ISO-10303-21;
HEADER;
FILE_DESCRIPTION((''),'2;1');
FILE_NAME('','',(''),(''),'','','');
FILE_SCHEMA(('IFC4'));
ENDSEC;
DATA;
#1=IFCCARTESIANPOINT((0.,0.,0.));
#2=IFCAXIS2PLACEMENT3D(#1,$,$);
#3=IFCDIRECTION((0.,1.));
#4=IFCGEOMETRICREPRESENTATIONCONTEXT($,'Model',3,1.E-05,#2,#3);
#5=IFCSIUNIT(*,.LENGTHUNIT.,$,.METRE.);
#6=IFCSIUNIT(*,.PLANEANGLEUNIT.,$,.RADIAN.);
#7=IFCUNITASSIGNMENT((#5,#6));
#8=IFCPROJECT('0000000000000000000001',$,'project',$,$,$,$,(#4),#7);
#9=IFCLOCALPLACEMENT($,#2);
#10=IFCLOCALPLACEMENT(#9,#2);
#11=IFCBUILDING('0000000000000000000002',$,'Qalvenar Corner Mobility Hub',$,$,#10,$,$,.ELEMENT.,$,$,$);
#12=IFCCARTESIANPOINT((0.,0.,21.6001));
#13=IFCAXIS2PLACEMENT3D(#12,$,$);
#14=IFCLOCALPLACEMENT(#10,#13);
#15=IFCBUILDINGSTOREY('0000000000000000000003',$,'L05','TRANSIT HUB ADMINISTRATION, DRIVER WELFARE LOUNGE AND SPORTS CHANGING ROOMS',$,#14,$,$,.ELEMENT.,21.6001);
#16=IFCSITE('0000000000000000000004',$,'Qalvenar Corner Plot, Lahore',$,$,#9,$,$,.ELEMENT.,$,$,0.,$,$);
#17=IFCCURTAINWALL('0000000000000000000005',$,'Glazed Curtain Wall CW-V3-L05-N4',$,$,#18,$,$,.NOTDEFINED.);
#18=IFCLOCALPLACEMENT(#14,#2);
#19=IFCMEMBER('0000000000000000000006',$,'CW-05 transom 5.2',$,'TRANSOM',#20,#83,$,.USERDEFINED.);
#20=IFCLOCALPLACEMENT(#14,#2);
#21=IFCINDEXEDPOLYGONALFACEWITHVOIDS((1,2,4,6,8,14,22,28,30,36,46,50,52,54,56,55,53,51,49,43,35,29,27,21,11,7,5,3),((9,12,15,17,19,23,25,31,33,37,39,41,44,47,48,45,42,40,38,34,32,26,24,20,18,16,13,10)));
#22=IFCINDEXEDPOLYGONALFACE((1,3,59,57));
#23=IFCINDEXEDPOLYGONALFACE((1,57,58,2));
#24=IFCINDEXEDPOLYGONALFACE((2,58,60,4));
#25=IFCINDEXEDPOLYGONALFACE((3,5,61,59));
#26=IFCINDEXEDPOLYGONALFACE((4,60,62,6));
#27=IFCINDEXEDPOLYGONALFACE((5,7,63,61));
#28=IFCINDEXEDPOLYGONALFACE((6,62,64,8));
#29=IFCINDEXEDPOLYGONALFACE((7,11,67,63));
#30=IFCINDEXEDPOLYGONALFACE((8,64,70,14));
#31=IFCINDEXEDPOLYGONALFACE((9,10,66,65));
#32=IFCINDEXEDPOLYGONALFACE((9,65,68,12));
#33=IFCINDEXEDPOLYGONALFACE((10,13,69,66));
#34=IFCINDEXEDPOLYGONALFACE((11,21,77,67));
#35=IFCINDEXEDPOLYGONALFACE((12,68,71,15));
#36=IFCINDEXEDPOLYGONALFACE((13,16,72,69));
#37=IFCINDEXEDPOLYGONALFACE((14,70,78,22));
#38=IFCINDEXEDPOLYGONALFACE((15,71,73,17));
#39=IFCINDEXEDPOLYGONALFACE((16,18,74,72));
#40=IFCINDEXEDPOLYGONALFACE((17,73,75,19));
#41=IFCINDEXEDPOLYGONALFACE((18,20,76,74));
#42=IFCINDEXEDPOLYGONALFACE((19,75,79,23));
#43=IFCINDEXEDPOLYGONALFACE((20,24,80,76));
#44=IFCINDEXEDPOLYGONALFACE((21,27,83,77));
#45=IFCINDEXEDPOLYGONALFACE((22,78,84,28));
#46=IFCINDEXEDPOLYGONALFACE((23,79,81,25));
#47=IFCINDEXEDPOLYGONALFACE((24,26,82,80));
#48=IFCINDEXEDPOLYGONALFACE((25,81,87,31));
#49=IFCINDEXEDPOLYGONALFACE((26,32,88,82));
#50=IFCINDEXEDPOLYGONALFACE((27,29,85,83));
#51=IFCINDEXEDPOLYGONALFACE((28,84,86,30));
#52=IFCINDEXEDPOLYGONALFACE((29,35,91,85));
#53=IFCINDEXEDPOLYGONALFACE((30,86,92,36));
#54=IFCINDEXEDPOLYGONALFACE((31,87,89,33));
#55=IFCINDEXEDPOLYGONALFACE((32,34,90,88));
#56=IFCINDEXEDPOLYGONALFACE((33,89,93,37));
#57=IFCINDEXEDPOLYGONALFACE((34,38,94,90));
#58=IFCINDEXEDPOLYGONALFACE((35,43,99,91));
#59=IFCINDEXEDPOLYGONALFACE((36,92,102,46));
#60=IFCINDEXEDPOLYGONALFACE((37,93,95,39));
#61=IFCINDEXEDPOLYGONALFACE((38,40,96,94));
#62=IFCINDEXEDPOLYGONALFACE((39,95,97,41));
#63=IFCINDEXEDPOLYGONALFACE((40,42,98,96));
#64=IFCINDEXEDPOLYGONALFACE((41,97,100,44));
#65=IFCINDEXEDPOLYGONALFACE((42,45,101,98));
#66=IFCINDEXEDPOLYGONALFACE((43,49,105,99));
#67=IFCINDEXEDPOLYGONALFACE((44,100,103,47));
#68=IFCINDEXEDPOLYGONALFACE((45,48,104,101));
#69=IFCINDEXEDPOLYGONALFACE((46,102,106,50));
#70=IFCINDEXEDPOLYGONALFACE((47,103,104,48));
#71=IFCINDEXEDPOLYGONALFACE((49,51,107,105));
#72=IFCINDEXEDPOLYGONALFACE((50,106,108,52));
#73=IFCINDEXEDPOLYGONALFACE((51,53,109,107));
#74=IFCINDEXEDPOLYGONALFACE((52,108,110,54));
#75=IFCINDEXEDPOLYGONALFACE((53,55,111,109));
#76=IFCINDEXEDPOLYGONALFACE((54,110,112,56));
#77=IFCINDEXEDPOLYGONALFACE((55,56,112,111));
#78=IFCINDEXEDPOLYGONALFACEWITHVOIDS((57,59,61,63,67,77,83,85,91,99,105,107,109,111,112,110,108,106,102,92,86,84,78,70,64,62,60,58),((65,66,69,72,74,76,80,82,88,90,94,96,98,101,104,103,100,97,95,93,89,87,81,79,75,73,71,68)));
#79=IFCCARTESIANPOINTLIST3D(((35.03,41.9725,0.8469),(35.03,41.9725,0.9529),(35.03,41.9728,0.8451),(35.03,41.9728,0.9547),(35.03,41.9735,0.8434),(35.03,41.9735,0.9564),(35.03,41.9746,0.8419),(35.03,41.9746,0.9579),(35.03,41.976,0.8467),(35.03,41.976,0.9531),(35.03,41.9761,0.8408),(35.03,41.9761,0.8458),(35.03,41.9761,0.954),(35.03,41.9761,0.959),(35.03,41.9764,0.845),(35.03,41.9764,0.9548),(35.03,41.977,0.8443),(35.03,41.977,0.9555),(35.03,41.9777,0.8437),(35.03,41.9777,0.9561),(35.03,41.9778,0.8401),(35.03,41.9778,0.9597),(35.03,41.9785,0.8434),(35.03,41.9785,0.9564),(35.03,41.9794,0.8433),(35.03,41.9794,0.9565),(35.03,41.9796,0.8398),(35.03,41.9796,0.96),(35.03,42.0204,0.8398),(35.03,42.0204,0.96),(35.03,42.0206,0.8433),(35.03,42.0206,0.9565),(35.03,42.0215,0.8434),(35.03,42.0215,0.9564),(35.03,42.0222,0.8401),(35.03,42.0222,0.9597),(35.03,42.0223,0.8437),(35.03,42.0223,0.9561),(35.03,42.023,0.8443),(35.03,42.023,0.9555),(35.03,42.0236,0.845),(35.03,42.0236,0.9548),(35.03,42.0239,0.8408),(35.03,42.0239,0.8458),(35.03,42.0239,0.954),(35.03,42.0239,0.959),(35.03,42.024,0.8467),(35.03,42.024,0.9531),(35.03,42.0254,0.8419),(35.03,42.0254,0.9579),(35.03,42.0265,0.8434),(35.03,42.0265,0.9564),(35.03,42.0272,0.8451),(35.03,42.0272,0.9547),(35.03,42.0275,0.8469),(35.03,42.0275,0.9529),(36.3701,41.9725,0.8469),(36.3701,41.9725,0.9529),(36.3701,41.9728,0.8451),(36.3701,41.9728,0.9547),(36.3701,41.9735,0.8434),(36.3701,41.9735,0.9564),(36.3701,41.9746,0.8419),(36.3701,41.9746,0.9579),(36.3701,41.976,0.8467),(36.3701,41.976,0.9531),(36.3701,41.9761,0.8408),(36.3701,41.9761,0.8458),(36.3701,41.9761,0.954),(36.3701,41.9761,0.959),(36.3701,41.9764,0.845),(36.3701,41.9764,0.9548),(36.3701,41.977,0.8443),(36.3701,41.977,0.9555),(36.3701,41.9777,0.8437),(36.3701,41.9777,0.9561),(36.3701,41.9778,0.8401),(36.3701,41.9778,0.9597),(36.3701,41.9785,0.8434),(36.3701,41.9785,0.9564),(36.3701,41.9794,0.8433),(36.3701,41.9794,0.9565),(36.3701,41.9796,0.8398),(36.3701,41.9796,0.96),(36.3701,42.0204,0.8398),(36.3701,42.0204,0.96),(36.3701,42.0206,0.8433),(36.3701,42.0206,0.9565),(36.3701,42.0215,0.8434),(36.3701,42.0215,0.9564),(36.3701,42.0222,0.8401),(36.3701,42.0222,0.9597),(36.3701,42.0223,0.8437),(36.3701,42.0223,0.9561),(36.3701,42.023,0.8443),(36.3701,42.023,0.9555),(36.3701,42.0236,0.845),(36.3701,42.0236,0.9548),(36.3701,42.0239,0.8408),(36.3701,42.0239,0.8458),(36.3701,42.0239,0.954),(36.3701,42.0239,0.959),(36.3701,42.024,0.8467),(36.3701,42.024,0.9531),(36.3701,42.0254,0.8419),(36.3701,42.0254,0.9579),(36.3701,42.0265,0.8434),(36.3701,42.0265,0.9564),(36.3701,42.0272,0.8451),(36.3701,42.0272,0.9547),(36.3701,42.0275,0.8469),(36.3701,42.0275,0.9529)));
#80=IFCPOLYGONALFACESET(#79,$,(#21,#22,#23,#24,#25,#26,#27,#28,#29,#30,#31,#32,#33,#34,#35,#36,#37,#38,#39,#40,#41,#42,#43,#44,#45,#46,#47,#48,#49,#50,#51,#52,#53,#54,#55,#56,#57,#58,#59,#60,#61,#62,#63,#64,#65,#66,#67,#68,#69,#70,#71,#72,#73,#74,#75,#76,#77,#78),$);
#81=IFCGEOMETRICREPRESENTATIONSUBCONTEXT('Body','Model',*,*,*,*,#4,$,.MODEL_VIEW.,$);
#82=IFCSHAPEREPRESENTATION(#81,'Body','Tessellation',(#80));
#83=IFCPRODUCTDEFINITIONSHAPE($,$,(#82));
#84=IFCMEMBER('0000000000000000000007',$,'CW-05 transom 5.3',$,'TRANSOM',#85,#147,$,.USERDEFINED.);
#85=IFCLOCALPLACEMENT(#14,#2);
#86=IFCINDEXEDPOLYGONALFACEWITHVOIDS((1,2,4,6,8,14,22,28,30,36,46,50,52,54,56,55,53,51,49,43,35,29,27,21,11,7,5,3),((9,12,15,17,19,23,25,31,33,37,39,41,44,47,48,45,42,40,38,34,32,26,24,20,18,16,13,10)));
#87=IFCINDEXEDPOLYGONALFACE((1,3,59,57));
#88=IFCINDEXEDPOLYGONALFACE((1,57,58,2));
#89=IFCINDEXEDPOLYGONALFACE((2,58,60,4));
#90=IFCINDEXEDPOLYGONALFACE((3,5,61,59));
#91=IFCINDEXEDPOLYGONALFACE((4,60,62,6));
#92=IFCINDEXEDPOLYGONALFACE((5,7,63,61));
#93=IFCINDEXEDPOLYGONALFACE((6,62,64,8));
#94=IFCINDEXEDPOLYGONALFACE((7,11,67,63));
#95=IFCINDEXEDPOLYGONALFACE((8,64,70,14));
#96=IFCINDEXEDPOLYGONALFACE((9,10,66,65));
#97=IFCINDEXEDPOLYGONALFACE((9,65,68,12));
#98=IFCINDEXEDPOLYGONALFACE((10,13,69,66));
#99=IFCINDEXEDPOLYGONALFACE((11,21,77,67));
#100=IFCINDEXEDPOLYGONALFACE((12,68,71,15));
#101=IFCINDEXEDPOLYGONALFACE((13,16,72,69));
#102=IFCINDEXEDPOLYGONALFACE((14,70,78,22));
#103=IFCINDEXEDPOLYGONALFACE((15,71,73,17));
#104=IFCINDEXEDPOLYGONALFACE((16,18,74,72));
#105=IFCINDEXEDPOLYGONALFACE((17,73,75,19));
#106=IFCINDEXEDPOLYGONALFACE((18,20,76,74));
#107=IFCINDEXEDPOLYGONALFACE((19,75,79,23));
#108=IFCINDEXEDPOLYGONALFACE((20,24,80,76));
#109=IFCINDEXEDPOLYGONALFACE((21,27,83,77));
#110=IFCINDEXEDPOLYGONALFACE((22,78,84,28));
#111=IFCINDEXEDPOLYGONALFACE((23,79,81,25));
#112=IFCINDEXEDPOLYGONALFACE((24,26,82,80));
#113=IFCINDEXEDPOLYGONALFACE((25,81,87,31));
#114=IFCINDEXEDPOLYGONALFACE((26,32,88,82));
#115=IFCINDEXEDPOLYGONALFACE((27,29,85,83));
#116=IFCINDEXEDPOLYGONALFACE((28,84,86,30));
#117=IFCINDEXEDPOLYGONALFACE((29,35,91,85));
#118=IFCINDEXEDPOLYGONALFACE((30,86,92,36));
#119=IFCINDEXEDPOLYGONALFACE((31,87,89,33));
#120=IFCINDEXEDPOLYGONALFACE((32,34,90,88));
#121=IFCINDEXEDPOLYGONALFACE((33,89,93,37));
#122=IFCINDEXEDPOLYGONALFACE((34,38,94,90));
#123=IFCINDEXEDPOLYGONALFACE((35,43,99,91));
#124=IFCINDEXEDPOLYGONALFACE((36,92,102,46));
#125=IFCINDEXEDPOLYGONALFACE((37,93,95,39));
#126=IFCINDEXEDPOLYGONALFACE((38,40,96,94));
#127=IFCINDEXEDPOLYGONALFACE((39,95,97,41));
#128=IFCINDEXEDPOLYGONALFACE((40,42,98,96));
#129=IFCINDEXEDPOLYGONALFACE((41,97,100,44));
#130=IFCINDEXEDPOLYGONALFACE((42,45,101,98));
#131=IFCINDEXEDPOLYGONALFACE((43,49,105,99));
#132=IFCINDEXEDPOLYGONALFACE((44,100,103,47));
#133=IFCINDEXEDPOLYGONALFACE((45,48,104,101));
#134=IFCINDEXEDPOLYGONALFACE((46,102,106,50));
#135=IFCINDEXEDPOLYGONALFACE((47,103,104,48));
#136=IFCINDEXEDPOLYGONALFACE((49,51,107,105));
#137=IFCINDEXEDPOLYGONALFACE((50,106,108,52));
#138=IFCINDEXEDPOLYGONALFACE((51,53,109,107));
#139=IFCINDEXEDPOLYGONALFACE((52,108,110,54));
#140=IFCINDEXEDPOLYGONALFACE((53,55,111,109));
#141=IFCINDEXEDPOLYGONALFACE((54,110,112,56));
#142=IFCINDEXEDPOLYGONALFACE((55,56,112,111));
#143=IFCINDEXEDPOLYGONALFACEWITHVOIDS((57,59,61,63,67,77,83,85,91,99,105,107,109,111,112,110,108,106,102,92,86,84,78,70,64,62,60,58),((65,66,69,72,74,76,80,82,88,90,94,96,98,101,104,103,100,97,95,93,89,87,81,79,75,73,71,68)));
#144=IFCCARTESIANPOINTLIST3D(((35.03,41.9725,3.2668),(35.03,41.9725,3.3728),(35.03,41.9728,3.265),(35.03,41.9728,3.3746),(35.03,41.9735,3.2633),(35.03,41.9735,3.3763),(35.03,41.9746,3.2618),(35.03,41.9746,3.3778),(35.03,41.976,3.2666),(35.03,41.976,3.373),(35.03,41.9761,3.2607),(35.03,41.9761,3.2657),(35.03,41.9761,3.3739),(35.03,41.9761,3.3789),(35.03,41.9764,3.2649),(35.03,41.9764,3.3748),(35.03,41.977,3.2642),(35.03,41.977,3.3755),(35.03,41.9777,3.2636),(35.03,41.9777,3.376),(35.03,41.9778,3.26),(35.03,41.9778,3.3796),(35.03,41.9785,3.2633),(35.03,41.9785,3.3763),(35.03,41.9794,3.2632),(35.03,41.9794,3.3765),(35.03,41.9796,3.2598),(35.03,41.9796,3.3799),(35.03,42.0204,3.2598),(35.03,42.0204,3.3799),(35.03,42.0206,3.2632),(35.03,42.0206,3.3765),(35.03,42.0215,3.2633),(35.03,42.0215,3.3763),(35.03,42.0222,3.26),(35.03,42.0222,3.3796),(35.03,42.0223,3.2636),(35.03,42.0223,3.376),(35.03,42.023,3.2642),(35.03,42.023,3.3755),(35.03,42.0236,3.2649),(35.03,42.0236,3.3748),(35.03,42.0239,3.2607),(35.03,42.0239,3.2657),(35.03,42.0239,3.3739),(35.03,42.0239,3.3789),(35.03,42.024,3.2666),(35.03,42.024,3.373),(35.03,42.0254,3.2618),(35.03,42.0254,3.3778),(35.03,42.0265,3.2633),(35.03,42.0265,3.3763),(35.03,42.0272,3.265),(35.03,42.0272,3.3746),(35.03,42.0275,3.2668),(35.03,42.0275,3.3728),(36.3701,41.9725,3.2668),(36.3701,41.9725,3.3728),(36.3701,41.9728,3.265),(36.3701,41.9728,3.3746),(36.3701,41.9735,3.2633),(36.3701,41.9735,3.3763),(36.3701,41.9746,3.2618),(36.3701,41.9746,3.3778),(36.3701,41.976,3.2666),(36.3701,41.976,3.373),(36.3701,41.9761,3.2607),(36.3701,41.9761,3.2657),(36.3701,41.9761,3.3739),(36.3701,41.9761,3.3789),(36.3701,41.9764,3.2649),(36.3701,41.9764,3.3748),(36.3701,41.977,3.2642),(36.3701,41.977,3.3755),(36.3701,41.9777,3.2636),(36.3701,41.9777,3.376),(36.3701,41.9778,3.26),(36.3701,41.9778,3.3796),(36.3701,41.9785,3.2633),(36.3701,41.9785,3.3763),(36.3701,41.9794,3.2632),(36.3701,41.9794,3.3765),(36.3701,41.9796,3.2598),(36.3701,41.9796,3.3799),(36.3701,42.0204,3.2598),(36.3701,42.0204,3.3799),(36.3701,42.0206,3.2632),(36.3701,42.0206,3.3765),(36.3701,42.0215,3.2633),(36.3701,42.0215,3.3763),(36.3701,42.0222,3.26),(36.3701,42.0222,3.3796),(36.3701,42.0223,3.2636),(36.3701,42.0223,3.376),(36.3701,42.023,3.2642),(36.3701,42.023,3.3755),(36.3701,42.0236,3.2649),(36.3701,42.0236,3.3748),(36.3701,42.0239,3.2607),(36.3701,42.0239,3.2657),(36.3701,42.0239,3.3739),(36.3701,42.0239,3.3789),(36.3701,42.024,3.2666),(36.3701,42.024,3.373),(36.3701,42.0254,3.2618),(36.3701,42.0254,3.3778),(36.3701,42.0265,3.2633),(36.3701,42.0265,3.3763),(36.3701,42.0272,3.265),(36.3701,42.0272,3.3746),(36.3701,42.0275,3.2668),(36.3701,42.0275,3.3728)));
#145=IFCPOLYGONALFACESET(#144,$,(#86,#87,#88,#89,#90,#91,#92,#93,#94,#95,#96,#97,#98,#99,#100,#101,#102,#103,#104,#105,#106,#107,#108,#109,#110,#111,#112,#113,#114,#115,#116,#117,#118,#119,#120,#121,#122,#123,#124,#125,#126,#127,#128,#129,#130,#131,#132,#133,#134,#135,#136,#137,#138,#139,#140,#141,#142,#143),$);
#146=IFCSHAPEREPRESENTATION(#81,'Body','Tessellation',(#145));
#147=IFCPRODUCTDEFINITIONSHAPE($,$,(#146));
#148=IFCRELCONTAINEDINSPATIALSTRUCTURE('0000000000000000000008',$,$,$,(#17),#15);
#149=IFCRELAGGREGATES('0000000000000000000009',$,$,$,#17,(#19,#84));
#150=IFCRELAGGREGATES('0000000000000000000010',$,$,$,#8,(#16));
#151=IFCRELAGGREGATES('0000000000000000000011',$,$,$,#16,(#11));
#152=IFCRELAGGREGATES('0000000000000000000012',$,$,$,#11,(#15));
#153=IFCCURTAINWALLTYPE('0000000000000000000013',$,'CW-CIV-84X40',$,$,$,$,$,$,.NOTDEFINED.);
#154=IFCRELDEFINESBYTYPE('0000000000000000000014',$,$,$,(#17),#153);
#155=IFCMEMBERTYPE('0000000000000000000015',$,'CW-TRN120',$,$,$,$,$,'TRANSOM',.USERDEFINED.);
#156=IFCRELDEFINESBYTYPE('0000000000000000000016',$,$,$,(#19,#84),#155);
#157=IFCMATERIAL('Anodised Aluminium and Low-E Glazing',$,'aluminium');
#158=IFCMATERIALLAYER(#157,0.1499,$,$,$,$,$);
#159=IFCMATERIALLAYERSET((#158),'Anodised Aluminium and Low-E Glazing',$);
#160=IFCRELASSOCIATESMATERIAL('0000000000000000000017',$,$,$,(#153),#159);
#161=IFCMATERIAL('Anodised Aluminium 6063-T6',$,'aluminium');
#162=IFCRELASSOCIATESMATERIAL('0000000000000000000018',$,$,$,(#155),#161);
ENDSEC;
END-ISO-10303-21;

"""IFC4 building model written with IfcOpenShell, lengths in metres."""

from ifc_helpers import new_model, si_unit, direction, frame, origin, origin_2d, place, context, subcontext, project, spatial, hollow_rectangle, extrude, material, layer, layer_set, material_profile, profile_set, type_object, element, aggregate, save


model = new_model("IFC4")

# Units and contexts
model_context = context("Model", 3, precision=1e-05, world=origin(), true_north=direction((0.0, 1.0)))
body_context = subcontext(model_context, "Body", "Model", "MODEL_VIEW")
ifc_project = project(units=[si_unit("LENGTHUNIT", "METRE"), si_unit("PLANEANGLEUNIT", "RADIAN")], contexts=[model_context])

# Site, building, storey
site_placement = place(None, origin())
site = spatial("IfcSite", under=ifc_project, at=site_placement, Name="Qalvenar Corner Plot, Lahore", CompositionType="ELEMENT", RefElevation=0.0)
building_placement = place(site_placement, origin())
building = spatial("IfcBuilding", under=site, at=building_placement, Name="Qalvenar Corner Mobility Hub", CompositionType="ELEMENT")
storey_placement = place(building_placement, frame((0.0, 0.0, 21.6001)))
storey = spatial("IfcBuildingStorey", under=building, at=storey_placement, Name="L05", Description="TRANSIT HUB ADMINISTRATION, DRIVER WELFARE LOUNGE AND SPORTS CHANGING ROOMS", CompositionType="ELEMENT", Elevation=21.6001)

# Curtain wall, members
ifc_material_1 = material(Name="Anodised Aluminium and Low-E Glazing", Category="aluminium")
ifc_layer_1 = layer(ifc_material_1, 0.1499)
ifc_layer_set_1 = layer_set([ifc_layer_1], Name="Anodised Aluminium and Low-E Glazing")
curtain_wall_type = type_object("IfcCurtainWallType", Name="CW-CIV-84X40", PredefinedType="NOTDEFINED", material=ifc_layer_set_1)
curtain_wall_placement = place(storey_placement, origin())
curtain_wall = element("IfcCurtainWall", 1, at=curtain_wall_placement, inside=storey, type_object=curtain_wall_type, Name="Glazed Curtain Wall CW-V3-L05-N4", PredefinedType="NOTDEFINED")
ifc_material_2 = material(Name="Anodised Aluminium 6063-T6", Category="aluminium")
ifc_material_profile_1 = material_profile(ifc_material_2, hollow_rectangle(XDim=0.0549, YDim=0.1201, WallThickness=0.0034, InnerFilletRadius=0.0034, OuterFilletRadius=0.0071, at=origin_2d()), Name="RHS120x55x3.5")
ifc_profile_set_1 = profile_set([ifc_material_profile_1], Name="Anodised Aluminium 6063-T6")
member_type_1 = type_object("IfcMemberType", Name="CW-TRN120", ElementType="TRANSOM", PredefinedType="USERDEFINED", material=ifc_profile_set_1)
member_1_placement = place(storey_placement, frame((36.3701, 42.0, 0.8999), z_axis=(-1.0, 0.0, 0.0), x_axis=(0.0, -1.0, 0.0)))
member_1 = element("IfcMember", 2, at=member_1_placement, type_object=member_type_1, Name="CW-05 transom 5.2", ObjectType="TRANSOM", PredefinedType="USERDEFINED", context=body_context, shape_type="SweptSolid", body=[
    extrude(hollow_rectangle(XDim=0.0549, YDim=0.1201, WallThickness=0.0034, InnerFilletRadius=0.0034, OuterFilletRadius=0.0071, at=origin_2d()), origin(), (0.0, 0.0, 1.0), 1.3401),
])
member_2_placement = place(storey_placement, frame((36.3701, 42.0, 3.3198), z_axis=(-1.0, 0.0, 0.0), x_axis=(0.0, -1.0, 0.0)))
member_2 = element("IfcMember", 3, at=member_2_placement, type_object=member_type_1, Name="CW-05 transom 5.3", ObjectType="TRANSOM", PredefinedType="USERDEFINED", context=body_context, shape_type="SweptSolid", body=[
    extrude(hollow_rectangle(XDim=0.0549, YDim=0.1201, WallThickness=0.0034, InnerFilletRadius=0.0034, OuterFilletRadius=0.0071, at=origin_2d()), origin(), (0.0, 0.0, 1.0), 1.3401),
])
aggregate(curtain_wall, [member_1, member_2])

save(model, "model.ifc")
